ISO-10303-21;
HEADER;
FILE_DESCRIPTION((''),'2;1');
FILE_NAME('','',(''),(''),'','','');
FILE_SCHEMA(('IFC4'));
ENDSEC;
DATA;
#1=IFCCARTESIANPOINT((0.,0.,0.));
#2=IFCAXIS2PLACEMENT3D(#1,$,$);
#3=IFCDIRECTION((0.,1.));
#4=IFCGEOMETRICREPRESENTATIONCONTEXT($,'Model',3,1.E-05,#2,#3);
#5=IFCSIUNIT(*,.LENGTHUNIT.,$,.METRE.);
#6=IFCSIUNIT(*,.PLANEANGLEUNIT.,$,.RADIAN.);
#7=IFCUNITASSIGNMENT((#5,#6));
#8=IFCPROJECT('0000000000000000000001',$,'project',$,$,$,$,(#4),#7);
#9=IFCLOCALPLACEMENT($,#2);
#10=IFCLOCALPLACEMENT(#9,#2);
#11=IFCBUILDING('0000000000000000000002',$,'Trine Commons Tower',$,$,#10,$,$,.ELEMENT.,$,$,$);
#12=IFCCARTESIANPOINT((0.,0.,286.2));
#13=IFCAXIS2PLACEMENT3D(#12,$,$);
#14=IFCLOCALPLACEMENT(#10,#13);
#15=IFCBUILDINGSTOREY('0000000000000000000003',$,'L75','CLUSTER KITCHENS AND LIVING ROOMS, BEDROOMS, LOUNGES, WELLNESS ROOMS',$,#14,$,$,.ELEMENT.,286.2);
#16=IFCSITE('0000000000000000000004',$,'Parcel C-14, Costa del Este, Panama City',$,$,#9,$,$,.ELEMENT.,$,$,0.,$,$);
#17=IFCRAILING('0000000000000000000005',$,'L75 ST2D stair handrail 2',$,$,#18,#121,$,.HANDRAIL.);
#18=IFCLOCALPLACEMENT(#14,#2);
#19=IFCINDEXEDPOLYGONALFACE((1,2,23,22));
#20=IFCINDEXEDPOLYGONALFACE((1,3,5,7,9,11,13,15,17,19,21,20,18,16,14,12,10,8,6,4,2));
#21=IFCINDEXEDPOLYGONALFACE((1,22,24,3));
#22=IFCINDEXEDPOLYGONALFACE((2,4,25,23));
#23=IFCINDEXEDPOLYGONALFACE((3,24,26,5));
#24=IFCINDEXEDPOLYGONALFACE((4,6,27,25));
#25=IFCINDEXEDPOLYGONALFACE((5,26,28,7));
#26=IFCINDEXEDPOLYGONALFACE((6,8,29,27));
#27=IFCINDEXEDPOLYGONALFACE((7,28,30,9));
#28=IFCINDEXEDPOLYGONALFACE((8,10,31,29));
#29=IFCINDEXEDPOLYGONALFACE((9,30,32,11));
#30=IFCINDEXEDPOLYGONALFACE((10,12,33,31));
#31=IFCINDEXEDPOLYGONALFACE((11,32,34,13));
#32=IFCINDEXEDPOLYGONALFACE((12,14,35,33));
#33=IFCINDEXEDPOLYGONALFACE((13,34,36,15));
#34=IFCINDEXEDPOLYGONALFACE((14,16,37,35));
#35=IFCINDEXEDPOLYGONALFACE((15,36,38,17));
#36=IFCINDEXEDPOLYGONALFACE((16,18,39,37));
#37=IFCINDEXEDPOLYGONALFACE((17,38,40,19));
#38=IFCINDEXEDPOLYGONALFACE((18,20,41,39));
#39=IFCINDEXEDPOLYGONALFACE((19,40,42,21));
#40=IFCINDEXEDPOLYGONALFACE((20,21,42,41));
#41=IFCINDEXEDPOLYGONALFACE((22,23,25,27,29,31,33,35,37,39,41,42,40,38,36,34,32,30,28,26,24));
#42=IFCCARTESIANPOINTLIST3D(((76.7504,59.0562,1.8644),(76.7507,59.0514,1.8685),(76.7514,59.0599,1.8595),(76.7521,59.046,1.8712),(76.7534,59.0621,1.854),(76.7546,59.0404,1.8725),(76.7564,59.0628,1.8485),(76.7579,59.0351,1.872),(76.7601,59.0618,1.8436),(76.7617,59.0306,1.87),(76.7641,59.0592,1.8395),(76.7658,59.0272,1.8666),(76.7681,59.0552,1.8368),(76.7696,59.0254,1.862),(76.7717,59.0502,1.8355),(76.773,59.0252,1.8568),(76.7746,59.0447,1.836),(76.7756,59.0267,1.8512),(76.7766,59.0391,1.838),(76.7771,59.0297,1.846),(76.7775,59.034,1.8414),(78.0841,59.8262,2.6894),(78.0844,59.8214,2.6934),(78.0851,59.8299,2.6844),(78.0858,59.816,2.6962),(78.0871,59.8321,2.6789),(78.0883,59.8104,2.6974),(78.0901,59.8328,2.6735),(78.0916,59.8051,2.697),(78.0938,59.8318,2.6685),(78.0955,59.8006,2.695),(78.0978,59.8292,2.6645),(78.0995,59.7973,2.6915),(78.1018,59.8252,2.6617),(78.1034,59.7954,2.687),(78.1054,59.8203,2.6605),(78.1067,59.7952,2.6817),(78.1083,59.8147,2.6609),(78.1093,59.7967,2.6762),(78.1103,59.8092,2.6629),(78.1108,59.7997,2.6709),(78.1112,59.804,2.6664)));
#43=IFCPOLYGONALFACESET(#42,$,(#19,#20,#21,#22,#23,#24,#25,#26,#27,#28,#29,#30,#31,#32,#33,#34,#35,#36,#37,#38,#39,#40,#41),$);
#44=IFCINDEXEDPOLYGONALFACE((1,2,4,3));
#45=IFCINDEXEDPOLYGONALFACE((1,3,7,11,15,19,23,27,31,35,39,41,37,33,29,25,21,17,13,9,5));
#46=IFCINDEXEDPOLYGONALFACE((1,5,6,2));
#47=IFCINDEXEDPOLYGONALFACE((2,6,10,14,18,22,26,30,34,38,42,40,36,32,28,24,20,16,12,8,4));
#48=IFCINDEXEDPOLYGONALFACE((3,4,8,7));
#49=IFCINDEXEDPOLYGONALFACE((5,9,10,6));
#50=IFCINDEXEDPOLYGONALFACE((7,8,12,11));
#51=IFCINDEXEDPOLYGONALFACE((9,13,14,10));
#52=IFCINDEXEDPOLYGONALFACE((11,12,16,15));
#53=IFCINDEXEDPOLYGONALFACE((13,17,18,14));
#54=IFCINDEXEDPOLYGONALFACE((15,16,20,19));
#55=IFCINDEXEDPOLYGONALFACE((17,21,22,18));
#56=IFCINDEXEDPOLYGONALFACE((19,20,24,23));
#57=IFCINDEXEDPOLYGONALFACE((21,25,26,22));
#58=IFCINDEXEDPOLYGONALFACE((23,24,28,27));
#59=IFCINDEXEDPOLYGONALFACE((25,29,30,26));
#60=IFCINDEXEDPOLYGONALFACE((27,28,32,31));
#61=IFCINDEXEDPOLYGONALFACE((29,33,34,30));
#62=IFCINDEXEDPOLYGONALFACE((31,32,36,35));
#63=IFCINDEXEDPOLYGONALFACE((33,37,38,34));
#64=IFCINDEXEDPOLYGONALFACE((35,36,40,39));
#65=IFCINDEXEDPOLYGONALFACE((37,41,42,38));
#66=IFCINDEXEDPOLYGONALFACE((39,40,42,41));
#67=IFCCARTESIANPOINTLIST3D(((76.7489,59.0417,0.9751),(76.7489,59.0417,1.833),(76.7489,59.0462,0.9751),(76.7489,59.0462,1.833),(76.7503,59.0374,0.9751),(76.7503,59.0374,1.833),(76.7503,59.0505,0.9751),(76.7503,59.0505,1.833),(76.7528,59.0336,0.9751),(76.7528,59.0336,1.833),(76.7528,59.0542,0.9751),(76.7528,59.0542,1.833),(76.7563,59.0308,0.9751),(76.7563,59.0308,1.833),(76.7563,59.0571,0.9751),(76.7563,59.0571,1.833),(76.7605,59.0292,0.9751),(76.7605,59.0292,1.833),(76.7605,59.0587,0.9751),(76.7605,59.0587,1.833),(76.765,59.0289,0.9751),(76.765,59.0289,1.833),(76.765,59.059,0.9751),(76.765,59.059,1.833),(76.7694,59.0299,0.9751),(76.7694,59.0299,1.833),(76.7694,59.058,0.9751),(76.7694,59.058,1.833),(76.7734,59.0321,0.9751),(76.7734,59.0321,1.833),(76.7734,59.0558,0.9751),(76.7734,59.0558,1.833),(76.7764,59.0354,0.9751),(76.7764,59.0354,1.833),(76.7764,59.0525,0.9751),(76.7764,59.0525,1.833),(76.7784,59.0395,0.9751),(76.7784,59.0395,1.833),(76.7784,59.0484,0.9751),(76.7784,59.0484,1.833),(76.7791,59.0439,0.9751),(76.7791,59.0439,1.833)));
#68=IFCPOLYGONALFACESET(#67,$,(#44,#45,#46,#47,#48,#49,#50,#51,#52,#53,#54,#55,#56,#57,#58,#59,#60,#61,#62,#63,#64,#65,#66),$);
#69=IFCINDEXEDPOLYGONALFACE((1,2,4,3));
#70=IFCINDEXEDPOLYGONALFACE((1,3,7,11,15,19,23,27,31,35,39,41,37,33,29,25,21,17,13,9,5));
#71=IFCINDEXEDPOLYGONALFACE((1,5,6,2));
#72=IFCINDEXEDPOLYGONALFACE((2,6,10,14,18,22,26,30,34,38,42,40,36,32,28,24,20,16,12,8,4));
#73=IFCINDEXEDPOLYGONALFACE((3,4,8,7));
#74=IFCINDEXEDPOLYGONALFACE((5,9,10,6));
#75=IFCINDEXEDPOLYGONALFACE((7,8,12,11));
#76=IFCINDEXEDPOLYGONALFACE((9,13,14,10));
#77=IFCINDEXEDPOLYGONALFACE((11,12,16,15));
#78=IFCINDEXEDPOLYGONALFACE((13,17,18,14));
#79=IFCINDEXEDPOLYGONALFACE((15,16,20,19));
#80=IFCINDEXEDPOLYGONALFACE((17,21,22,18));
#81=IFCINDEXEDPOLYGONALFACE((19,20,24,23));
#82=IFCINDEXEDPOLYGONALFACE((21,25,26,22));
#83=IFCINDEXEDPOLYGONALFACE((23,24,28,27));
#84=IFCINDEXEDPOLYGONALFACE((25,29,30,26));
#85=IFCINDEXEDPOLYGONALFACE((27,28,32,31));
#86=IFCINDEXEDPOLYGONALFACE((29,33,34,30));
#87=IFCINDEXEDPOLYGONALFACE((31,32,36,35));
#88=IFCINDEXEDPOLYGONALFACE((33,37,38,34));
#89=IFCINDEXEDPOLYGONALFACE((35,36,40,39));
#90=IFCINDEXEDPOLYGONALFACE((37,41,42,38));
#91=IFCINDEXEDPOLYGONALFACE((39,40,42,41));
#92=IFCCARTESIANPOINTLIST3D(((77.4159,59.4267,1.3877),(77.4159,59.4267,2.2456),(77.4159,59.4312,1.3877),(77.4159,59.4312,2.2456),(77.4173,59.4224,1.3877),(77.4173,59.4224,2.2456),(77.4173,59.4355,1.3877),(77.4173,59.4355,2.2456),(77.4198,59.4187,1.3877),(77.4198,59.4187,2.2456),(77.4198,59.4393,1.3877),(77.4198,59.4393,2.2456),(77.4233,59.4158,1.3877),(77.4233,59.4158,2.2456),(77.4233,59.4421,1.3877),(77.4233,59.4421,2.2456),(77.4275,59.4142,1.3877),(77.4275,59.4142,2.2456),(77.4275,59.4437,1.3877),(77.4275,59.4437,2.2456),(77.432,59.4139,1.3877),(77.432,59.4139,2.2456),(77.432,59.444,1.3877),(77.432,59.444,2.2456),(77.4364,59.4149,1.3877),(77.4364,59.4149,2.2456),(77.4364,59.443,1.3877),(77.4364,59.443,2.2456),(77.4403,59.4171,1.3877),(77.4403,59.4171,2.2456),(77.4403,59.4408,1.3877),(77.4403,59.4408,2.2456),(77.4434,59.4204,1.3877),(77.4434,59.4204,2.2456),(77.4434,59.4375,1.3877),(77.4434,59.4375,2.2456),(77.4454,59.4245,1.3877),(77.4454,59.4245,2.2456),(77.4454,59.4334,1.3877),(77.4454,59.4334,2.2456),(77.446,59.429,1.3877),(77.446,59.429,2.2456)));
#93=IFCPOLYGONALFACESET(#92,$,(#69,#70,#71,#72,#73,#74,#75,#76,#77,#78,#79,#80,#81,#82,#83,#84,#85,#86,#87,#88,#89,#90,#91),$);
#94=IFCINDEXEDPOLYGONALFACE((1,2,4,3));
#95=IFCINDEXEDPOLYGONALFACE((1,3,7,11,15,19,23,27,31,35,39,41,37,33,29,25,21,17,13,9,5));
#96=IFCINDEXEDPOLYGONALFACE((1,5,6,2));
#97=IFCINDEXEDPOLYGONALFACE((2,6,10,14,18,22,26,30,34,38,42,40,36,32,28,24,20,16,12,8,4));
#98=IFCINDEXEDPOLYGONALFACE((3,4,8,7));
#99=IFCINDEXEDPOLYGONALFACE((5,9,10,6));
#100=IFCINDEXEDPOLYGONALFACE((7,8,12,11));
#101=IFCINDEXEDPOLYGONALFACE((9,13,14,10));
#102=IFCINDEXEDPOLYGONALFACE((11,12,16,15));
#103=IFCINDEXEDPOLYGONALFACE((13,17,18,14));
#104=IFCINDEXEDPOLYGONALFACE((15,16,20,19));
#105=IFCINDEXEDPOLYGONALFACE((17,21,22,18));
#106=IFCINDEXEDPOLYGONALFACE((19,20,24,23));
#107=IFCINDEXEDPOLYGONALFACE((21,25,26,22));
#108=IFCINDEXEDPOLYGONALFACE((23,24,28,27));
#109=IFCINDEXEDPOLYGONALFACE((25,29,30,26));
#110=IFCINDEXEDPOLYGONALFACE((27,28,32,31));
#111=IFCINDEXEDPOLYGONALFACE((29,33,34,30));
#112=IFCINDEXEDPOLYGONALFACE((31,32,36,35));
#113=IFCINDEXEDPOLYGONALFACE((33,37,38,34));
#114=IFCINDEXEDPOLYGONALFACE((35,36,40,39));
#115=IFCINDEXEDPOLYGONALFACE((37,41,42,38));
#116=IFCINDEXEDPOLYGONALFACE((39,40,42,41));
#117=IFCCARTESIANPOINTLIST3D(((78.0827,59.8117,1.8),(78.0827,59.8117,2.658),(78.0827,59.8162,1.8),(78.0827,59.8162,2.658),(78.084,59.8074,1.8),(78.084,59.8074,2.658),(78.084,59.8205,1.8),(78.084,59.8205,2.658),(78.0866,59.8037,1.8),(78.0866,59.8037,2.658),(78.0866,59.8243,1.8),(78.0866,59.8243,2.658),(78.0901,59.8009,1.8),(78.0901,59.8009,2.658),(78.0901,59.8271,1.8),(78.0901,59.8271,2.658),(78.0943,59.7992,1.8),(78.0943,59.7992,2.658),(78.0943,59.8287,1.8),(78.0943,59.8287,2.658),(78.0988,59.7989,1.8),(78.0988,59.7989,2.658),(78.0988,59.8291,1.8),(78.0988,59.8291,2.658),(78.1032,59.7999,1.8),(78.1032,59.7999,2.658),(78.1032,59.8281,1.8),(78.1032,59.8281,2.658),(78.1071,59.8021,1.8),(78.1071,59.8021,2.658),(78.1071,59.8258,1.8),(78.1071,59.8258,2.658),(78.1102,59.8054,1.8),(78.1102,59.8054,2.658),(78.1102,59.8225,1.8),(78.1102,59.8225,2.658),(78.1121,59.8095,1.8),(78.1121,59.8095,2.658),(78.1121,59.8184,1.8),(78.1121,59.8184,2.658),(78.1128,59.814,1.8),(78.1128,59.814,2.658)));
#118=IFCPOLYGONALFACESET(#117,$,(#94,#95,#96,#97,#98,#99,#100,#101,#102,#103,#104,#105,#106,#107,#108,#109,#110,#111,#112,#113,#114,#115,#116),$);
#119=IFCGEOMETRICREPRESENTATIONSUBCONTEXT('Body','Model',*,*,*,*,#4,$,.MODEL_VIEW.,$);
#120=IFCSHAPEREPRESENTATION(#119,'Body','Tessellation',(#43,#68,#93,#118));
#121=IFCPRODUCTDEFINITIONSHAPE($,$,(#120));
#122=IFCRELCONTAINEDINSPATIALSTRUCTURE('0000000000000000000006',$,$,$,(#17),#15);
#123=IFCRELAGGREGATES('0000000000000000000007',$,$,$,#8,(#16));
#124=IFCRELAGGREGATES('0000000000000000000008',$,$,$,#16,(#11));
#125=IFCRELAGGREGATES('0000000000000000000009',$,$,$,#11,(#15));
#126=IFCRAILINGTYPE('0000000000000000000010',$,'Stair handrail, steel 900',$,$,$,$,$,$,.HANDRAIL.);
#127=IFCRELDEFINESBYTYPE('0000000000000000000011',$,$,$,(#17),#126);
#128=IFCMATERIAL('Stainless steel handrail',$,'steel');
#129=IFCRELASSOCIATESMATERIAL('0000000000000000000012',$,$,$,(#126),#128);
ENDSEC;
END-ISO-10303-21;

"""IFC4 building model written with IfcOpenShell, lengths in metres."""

from ifc_helpers import new_model, si_unit, direction, frame, origin, origin_2d, place, context, subcontext, project, spatial, circle, extrude, material, type_object, element, save


model = new_model("IFC4")

# Units and contexts
model_context = context("Model", 3, precision=1e-05, world=origin(), true_north=direction((0.0, 1.0)))
body_context = subcontext(model_context, "Body", "Model", "MODEL_VIEW")
ifc_project = project(units=[si_unit("LENGTHUNIT", "METRE"), si_unit("PLANEANGLEUNIT", "RADIAN")], contexts=[model_context])

# Site, building, storey
site_placement = place(None, origin())
site = spatial("IfcSite", under=ifc_project, at=site_placement, Name="Parcel C-14, Costa del Este, Panama City", CompositionType="ELEMENT", RefElevation=0.0)
building_placement = place(site_placement, origin())
building = spatial("IfcBuilding", under=site, at=building_placement, Name="Trine Commons Tower", CompositionType="ELEMENT")
storey_placement = place(building_placement, frame((0.0, 0.0, 286.2)))
storey = spatial("IfcBuildingStorey", under=building, at=storey_placement, Name="L75", Description="CLUSTER KITCHENS AND LIVING ROOMS, BEDROOMS, LOUNGES, WELLNESS ROOMS", CompositionType="ELEMENT", Elevation=286.2)

# Railing
ifc_material_1 = material(Name="Stainless steel handrail", Category="steel")
railing_type_1 = type_object("IfcRailingType", Name="Stair handrail, steel 900", PredefinedType="HANDRAIL", material=ifc_material_1)
for number, where, name in (
    (1, (76.7639, 59.0439, 0.9751), "L75 ST2D stair handrail 2"),
):
    element("IfcRailing", number, at=place(storey_placement, frame(where)), inside=storey, type_object=railing_type_1, Name=name, PredefinedType="HANDRAIL", context=body_context, shape_type="SweptSolid", body=[
        extrude(circle(Radius=0.021, at=origin_2d()), frame((0.0, 0.0, 0.8789), z_axis=(0.763405, 0.440743, 0.472185), x_axis=(-0.499992, 0.86603, 0.0)), (0.0, 0.0, 1.0), 1.7471),
        extrude(circle(Radius=0.0151, at=origin_2d()), origin(), (0.0, 0.0, 1.0), 0.8579),
        extrude(circle(Radius=0.0151, at=origin_2d()), frame((0.667, 0.385, 0.4126)), (0.0, 0.0, 1.0), 0.8579),
        extrude(circle(Radius=0.0151, at=origin_2d()), frame((1.3337, 0.77, 0.825)), (0.0, 0.0, 1.0), 0.8579),
    ])

save(model, "model.ifc")
